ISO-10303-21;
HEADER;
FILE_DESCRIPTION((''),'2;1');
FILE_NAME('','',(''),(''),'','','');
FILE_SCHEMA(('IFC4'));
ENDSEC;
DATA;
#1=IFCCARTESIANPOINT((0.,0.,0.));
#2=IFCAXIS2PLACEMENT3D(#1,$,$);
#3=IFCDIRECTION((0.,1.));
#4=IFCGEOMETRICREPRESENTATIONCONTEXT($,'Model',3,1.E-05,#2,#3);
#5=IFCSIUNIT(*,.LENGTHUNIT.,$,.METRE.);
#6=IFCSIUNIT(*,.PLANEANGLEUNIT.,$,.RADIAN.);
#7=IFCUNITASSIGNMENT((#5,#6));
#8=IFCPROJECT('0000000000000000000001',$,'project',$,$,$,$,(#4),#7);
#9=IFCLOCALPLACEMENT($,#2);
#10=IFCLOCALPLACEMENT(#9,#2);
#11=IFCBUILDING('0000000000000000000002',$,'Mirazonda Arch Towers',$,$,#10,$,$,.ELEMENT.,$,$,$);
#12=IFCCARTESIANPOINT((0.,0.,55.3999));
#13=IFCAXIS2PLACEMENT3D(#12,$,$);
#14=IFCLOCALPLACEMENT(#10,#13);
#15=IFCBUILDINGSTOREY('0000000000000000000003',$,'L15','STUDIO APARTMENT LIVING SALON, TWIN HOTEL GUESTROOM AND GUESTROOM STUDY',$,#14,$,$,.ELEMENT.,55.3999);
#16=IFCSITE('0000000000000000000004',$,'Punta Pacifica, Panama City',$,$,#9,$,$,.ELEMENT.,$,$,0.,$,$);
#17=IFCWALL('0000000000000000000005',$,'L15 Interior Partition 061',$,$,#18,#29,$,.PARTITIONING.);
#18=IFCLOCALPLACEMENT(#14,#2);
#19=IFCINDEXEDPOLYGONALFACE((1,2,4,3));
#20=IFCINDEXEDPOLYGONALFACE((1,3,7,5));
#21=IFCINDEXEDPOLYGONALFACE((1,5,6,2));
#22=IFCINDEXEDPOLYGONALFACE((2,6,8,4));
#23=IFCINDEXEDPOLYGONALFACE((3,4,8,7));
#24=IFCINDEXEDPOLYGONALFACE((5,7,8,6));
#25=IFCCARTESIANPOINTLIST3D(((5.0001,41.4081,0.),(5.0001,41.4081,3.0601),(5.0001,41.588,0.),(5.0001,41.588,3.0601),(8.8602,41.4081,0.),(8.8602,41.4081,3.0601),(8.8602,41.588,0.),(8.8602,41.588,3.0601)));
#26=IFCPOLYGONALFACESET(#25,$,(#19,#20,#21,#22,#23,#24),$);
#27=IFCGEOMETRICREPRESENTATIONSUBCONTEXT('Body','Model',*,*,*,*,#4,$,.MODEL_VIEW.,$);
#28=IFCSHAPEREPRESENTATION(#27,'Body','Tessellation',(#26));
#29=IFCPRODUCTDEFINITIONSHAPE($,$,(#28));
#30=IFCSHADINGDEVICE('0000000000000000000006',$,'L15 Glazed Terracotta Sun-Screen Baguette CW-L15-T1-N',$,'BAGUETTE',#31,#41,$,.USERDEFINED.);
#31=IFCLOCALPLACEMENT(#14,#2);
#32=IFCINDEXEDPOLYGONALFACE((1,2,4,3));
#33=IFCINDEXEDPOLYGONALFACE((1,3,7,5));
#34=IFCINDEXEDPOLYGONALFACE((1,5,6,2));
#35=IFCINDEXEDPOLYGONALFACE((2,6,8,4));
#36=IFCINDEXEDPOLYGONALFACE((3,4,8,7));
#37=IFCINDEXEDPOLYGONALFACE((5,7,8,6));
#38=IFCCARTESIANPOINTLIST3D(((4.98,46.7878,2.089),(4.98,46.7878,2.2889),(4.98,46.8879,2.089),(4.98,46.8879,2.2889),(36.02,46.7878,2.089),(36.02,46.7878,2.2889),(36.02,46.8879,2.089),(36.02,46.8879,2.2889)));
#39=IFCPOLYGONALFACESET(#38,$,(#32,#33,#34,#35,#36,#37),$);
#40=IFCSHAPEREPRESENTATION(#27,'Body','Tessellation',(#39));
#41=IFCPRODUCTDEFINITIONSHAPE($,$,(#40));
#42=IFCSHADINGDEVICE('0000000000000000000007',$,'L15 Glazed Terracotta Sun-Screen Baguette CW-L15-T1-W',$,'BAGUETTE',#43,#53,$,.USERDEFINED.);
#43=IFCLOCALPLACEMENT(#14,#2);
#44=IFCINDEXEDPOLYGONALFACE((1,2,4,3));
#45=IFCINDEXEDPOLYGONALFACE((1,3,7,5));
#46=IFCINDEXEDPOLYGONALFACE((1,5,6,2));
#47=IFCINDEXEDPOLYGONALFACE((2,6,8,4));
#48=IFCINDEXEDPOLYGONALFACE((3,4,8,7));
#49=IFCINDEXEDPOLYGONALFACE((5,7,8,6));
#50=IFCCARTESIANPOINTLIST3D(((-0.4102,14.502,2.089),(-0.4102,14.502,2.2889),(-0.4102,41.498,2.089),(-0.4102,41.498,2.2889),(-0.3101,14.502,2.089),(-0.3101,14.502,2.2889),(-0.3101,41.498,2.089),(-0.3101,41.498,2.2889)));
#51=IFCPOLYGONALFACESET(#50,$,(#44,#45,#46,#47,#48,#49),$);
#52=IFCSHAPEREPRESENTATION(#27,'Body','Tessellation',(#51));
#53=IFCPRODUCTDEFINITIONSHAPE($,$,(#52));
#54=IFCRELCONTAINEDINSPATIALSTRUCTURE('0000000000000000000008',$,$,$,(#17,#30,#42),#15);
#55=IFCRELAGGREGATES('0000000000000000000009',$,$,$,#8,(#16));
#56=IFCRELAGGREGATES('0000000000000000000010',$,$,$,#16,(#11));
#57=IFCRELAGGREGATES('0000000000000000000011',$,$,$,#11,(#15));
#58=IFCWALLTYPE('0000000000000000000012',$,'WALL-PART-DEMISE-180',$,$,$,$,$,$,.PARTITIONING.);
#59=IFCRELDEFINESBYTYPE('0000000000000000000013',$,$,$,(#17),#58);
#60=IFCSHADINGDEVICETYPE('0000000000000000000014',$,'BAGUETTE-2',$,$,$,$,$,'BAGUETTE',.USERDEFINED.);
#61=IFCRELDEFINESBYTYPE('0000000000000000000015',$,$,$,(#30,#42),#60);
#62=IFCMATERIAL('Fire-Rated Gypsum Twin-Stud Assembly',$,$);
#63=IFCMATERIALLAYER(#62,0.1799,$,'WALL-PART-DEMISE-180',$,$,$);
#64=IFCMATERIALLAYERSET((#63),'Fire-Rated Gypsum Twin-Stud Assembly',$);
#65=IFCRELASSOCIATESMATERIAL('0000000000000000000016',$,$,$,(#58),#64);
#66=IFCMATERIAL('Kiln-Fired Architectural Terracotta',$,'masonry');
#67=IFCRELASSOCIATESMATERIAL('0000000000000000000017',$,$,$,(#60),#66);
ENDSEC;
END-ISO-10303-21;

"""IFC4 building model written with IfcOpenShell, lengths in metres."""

from ifc_helpers import new_model, si_unit, direction, frame, frame_2d, origin, origin_2d, place, context, subcontext, project, spatial, rectangle, extrude, material, layer, layer_set, material_profile, profile_set, type_object, element, save


model = new_model("IFC4")

# Units and contexts
model_context = context("Model", 3, precision=1e-05, world=origin(), true_north=direction((0.0, 1.0)))
body_context = subcontext(model_context, "Body", "Model", "MODEL_VIEW")
ifc_project = project(units=[si_unit("LENGTHUNIT", "METRE"), si_unit("PLANEANGLEUNIT", "RADIAN")], contexts=[model_context])

# Site, building, storey
site_placement = place(None, origin())
site = spatial("IfcSite", under=ifc_project, at=site_placement, Name="Punta Pacifica, Panama City", CompositionType="ELEMENT", RefElevation=0.0)
building_placement = place(site_placement, origin())
building = spatial("IfcBuilding", under=site, at=building_placement, Name="Mirazonda Arch Towers", CompositionType="ELEMENT")
storey_placement = place(building_placement, frame((0.0, 0.0, 55.3999)))
storey = spatial("IfcBuildingStorey", under=building, at=storey_placement, Name="L15", Description="STUDIO APARTMENT LIVING SALON, TWIN HOTEL GUESTROOM AND GUESTROOM STUDY", CompositionType="ELEMENT", Elevation=55.3999)

# Wall
ifc_material_1 = material(Name="Fire-Rated Gypsum Twin-Stud Assembly")
ifc_layer_1 = layer(ifc_material_1, 0.1799, Name="WALL-PART-DEMISE-180")
ifc_layer_set_1 = layer_set([ifc_layer_1], Name="Fire-Rated Gypsum Twin-Stud Assembly")
wall_type_1 = type_object("IfcWallType", Name="WALL-PART-DEMISE-180", PredefinedType="PARTITIONING", material=ifc_layer_set_1)
wall_1_placement = place(storey_placement, frame((5.0, 41.498, 0.0), z_axis=(0.0, 0.0, 1.0), x_axis=(1.0, 0.0, 0.0)))
element("IfcWall", 1, at=wall_1_placement, inside=storey, type_object=wall_type_1, Name="L15 Interior Partition 061", PredefinedType="PARTITIONING", context=body_context, shape_type="SweptSolid", body=[
    extrude(rectangle(XDim=3.8601, YDim=0.1799, at=frame_2d((1.9302, 0.0))), origin(), (0.0, 0.0, 1.0), 3.0601),
])

# Shading devices
ifc_material_2 = material(Name="Kiln-Fired Architectural Terracotta", Category="masonry")
ifc_material_profile_1 = material_profile(ifc_material_2, rectangle(XDim=0.1001, YDim=0.2, at=origin_2d()), Name="TERRA-BAG-100x200")
ifc_profile_set_1 = profile_set([ifc_material_profile_1], Name="Kiln-Fired Architectural Terracotta")
shading_device_type = type_object("IfcShadingDeviceType", Name="BAGUETTE-2", ElementType="BAGUETTE", PredefinedType="USERDEFINED", material=ifc_profile_set_1)
shading_device_1_placement = place(storey_placement, frame((4.98, 46.8379, 2.189), z_axis=(1.0, 0.0, 0.0), x_axis=(0.0, 1.0, 0.0)))
element("IfcShadingDevice", 2, at=shading_device_1_placement, inside=storey, type_object=shading_device_type, Name="L15 Glazed Terracotta Sun-Screen Baguette CW-L15-T1-N", ObjectType="BAGUETTE", PredefinedType="USERDEFINED", context=body_context, shape_type="SweptSolid", body=[
    extrude(rectangle(XDim=0.1001, YDim=0.2, at=origin_2d()), origin(), (0.0, 0.0, 1.0), 31.04),
])
shading_device_2_placement = place(storey_placement, frame((-0.3601, 41.498, 2.189), z_axis=(0.0, -1.0, 0.0), x_axis=(1.0, 0.0, 0.0)))
element("IfcShadingDevice", 3, at=shading_device_2_placement, inside=storey, type_object=shading_device_type, Name="L15 Glazed Terracotta Sun-Screen Baguette CW-L15-T1-W", ObjectType="BAGUETTE", PredefinedType="USERDEFINED", context=body_context, shape_type="SweptSolid", body=[
    extrude(rectangle(XDim=0.1001, YDim=0.2, at=origin_2d()), origin(), (0.0, 0.0, 1.0), 26.9961),
])

save(model, "model.ifc")
